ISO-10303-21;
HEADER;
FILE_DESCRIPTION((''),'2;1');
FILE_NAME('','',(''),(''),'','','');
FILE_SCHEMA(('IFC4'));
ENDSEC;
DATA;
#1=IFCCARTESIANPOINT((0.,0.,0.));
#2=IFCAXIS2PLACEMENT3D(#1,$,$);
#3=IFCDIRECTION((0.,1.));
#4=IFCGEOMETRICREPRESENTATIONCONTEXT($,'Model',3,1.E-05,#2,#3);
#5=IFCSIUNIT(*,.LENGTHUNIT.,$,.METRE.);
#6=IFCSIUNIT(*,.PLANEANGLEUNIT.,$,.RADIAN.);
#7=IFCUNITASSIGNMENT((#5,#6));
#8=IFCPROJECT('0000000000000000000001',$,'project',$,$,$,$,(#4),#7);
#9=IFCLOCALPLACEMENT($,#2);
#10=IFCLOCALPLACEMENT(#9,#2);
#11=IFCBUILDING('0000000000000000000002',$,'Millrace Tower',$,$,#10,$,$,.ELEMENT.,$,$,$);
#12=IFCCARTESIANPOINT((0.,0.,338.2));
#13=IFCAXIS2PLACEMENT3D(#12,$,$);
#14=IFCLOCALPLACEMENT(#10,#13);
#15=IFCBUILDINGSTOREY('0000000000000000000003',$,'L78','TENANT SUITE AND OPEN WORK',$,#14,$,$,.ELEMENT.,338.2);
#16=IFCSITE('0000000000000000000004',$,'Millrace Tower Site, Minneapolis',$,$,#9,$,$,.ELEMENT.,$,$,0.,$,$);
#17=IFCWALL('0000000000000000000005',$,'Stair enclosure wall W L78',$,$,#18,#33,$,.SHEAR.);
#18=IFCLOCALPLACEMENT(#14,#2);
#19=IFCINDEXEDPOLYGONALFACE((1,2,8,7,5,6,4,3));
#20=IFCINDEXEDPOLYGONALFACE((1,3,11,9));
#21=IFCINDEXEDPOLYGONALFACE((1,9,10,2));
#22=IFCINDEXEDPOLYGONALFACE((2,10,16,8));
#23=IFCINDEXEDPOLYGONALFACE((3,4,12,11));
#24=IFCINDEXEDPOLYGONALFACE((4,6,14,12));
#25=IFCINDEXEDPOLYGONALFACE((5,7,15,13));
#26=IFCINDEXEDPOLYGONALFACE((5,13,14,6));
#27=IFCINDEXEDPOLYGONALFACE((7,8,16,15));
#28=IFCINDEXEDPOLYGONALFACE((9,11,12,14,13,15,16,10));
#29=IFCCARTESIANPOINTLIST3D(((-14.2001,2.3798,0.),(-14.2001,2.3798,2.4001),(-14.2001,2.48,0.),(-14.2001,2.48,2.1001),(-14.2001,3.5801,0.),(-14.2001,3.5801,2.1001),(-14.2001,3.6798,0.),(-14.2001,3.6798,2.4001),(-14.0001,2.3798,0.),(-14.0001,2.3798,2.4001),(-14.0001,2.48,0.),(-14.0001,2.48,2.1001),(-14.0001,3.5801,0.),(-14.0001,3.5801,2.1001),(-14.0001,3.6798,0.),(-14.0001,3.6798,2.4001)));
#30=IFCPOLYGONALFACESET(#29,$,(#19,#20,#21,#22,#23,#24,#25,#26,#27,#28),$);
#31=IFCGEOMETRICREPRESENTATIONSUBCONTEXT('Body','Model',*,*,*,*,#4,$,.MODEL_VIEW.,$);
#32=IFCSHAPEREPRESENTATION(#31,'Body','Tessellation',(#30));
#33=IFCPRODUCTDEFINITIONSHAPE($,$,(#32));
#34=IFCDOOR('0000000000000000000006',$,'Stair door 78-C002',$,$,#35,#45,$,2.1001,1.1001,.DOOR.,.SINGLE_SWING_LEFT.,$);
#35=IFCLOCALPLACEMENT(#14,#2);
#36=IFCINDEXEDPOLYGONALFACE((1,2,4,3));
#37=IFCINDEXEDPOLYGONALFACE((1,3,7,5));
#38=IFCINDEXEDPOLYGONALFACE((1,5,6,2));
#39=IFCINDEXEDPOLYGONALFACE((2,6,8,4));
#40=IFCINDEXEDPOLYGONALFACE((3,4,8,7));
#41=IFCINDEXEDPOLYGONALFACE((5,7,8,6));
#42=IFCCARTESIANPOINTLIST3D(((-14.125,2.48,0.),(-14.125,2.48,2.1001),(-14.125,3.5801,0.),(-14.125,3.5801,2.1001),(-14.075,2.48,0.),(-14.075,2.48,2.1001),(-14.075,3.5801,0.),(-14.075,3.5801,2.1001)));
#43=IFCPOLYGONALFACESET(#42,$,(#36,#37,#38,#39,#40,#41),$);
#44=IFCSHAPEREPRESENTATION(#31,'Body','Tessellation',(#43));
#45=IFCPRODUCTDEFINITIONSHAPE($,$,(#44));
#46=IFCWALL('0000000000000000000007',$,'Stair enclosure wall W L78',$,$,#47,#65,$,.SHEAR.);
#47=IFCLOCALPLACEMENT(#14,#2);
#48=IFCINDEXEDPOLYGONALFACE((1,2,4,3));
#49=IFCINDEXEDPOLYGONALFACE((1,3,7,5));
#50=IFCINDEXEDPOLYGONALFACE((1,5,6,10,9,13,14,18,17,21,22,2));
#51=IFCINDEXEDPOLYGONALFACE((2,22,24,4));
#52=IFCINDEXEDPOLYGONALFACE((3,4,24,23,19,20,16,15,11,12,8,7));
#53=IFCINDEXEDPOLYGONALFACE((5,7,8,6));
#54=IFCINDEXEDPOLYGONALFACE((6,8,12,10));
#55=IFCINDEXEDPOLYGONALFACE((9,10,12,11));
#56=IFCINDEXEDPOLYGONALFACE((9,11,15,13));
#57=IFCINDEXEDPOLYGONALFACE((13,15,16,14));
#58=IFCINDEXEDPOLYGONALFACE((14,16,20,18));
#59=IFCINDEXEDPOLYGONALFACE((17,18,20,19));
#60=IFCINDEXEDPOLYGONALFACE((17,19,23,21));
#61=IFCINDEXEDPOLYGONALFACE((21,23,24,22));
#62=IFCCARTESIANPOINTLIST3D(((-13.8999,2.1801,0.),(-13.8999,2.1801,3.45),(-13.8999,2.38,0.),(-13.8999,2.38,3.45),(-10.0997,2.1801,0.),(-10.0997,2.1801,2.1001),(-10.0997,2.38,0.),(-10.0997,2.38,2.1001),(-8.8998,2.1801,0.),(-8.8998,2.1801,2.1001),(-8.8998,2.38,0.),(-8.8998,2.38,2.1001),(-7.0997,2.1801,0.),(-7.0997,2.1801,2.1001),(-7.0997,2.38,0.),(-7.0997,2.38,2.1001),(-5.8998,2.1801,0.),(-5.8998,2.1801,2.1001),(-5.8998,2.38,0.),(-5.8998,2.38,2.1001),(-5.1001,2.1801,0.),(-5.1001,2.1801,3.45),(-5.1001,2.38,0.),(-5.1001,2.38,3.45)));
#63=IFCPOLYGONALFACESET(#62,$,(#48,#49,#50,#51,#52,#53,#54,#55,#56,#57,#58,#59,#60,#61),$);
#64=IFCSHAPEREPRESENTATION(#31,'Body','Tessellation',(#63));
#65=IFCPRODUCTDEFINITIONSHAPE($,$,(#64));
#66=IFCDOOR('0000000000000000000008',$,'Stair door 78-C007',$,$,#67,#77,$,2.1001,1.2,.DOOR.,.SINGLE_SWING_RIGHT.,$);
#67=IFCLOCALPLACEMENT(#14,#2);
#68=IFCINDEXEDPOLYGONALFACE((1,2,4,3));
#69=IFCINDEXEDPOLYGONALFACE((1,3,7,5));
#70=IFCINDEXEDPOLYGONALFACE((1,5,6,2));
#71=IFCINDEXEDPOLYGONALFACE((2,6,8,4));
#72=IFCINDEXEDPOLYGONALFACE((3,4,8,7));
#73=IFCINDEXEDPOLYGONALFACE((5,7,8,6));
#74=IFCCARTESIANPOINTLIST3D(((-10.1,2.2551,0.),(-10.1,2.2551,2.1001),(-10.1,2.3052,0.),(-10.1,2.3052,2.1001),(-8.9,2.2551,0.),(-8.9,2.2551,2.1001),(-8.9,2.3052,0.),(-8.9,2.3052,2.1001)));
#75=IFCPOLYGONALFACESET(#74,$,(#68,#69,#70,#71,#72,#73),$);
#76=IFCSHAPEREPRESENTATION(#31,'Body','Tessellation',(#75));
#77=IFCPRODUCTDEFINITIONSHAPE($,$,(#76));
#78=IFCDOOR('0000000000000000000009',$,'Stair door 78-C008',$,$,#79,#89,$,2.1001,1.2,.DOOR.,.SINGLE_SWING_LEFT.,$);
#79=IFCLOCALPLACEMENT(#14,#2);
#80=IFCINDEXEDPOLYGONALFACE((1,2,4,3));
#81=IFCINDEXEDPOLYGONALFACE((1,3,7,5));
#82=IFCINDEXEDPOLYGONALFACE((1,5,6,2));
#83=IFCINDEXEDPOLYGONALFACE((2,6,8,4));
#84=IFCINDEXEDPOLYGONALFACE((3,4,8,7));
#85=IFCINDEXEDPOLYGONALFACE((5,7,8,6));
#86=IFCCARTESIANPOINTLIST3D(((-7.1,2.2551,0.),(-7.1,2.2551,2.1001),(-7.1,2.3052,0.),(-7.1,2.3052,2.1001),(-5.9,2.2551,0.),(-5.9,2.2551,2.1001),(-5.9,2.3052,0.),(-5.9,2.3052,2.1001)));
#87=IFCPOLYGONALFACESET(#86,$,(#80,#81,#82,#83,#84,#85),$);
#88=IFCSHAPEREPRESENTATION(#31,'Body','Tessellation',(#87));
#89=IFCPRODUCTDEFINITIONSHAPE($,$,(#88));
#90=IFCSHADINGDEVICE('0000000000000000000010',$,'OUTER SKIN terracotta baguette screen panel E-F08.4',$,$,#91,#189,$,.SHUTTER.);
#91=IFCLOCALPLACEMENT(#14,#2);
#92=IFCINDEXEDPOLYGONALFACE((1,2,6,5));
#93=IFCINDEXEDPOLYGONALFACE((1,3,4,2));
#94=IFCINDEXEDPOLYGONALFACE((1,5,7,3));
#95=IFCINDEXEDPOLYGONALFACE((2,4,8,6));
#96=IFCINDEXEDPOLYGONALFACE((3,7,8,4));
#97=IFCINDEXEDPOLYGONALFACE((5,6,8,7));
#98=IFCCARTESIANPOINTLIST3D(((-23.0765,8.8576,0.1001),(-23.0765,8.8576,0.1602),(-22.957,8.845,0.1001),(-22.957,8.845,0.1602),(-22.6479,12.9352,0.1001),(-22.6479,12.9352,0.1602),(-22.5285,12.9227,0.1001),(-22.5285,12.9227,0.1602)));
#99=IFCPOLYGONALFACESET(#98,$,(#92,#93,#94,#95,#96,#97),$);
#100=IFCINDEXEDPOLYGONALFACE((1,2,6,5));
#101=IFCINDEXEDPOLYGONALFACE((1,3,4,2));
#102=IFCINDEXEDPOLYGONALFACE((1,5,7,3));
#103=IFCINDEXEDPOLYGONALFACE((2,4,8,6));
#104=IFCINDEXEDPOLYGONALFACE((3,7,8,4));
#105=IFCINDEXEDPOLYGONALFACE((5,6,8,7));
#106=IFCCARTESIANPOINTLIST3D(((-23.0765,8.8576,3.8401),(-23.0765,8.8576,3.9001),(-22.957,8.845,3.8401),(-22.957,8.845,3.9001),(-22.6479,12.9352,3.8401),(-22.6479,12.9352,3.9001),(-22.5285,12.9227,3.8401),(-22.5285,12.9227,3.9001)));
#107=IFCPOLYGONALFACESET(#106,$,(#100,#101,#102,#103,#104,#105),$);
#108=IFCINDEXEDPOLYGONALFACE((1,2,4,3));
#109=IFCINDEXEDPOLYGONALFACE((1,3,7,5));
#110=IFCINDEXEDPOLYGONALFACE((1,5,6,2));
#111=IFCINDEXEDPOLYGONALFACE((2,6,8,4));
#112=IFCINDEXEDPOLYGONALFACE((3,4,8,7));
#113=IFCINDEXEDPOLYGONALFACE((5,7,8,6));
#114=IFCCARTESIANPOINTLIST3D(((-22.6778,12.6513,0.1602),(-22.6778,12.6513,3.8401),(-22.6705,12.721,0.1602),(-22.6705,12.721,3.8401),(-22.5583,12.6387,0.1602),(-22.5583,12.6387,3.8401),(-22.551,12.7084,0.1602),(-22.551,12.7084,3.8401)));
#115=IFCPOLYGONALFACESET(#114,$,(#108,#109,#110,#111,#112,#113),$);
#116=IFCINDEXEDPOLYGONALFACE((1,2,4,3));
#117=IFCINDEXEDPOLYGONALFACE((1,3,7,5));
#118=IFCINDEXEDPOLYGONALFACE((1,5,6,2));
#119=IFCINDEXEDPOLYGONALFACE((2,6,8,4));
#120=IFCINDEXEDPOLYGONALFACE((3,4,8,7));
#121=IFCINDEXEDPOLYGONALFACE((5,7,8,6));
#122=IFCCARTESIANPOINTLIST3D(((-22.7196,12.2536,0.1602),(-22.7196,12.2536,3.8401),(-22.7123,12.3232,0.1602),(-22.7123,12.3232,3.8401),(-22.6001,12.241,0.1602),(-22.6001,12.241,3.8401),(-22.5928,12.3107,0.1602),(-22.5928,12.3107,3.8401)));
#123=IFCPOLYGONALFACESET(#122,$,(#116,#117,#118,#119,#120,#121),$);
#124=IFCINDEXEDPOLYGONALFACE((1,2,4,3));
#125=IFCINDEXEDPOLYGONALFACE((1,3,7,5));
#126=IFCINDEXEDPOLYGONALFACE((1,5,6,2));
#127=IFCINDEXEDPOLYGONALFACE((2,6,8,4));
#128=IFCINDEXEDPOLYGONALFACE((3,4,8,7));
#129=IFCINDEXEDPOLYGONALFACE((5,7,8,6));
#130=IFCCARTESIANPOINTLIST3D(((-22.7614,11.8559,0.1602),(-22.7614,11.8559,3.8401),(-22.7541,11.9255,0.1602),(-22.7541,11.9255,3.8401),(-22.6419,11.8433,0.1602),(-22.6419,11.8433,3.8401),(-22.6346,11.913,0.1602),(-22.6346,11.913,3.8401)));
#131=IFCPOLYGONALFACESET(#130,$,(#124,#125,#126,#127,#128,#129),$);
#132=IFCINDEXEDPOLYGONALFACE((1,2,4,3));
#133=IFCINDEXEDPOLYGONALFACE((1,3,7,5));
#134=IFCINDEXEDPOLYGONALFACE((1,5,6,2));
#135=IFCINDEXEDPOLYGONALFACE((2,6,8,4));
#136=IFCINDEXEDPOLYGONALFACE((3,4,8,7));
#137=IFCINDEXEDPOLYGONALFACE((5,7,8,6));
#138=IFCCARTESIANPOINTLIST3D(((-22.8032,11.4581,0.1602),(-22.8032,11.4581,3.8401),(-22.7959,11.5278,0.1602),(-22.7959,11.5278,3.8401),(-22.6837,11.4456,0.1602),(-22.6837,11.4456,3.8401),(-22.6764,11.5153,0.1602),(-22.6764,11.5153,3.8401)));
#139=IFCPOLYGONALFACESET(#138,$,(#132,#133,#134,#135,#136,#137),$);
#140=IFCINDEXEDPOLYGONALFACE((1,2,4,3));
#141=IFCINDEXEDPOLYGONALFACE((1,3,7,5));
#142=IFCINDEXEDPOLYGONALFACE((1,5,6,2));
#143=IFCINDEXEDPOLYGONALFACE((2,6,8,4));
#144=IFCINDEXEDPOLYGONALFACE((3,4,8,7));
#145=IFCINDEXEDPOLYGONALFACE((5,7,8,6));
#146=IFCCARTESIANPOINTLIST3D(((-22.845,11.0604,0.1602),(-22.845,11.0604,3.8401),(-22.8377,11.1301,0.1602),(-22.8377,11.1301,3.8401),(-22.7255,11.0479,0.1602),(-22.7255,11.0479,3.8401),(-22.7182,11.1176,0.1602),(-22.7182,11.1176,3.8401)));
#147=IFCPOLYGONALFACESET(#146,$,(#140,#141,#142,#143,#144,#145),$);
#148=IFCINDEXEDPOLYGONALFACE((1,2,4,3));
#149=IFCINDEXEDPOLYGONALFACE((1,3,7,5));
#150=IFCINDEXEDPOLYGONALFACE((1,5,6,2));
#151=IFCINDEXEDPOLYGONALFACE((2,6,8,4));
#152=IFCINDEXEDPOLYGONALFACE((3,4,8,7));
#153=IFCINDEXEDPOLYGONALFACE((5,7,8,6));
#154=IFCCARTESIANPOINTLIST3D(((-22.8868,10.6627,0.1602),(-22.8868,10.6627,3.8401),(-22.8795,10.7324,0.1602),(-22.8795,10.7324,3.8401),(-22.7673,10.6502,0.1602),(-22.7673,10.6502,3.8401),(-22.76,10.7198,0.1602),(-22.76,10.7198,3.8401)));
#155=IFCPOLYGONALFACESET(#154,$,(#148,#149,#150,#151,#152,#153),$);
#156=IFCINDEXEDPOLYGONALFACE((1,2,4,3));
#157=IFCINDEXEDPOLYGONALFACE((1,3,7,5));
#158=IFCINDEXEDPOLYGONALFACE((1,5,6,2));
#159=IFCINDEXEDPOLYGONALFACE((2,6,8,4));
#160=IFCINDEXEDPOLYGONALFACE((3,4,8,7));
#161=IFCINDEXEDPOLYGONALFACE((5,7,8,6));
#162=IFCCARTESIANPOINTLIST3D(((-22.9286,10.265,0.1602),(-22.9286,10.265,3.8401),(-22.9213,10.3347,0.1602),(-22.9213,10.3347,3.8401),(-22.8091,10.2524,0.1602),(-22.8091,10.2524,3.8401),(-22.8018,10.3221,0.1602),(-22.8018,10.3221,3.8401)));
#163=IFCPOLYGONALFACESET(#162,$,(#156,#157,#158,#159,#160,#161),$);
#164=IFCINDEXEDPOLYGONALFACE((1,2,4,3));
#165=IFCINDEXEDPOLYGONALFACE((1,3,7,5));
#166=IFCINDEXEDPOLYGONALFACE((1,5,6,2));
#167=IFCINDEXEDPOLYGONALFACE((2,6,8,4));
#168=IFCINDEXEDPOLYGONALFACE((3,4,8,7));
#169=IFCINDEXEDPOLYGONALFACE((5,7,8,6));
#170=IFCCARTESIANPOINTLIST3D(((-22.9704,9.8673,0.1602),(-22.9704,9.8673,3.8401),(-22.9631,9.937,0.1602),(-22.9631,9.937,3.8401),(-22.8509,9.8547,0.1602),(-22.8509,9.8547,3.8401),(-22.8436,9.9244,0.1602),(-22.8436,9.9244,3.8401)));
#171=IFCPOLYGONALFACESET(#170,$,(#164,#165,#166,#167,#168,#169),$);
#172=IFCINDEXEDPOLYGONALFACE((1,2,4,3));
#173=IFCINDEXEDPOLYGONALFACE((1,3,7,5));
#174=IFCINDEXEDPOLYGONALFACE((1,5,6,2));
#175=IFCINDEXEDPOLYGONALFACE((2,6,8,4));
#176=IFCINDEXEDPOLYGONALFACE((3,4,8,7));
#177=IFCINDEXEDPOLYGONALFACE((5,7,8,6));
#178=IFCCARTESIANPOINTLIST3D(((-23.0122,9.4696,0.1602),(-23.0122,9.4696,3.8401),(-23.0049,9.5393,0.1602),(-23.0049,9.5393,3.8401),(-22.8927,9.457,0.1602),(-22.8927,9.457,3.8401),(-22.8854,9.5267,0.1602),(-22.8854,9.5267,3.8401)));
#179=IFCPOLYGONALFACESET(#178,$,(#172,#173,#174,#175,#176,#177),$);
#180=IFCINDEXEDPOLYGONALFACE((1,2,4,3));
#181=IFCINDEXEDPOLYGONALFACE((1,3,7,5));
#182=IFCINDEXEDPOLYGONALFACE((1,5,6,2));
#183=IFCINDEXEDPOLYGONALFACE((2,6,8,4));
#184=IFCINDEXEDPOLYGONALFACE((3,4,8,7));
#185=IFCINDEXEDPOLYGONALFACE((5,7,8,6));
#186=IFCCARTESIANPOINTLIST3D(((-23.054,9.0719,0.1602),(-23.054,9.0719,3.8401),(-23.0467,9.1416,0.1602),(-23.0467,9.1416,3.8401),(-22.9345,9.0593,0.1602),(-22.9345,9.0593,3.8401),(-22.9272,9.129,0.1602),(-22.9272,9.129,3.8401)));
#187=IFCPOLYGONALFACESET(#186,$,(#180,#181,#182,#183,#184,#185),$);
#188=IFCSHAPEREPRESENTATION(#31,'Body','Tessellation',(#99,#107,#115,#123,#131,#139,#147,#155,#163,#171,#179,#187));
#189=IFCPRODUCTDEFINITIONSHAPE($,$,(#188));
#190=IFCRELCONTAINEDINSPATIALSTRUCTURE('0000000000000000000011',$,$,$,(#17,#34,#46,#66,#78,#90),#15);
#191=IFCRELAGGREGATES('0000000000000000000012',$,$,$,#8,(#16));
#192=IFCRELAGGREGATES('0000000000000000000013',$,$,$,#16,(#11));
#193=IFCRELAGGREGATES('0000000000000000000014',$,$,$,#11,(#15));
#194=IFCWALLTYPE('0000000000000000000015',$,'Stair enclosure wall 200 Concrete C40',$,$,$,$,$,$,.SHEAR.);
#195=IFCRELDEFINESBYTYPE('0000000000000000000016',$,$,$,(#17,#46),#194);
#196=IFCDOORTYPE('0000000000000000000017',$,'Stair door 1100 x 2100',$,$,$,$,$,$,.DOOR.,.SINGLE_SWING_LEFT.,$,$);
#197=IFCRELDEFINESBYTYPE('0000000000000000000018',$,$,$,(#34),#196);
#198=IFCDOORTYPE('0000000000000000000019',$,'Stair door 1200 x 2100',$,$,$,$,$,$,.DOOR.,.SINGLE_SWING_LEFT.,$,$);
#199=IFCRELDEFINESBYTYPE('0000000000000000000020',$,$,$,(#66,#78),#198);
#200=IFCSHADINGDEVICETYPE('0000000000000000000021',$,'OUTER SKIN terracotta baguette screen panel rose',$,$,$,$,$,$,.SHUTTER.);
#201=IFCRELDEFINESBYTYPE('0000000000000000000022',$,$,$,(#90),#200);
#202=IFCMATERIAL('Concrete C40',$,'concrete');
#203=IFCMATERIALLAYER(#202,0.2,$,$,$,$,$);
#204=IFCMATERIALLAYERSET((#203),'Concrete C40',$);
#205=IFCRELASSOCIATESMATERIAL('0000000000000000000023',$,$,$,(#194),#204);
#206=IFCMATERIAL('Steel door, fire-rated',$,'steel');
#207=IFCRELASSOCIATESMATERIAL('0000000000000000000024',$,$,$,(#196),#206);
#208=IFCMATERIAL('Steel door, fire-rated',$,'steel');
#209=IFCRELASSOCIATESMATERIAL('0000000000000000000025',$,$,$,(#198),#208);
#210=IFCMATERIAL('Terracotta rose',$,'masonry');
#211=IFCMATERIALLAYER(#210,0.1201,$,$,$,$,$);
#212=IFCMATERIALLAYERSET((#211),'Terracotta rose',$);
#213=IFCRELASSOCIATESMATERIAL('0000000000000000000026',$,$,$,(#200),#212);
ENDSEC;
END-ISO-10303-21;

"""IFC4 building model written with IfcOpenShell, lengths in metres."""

from ifc_helpers import new_model, entity, si_unit, direction, frame, frame_2d, origin, place, context, subcontext, project, spatial, rectangle, extrude, source, transform, mapped, material, layer, layer_set, type_object, element, fill, save


model = new_model("IFC4")

# Units and contexts
model_context = context("Model", 3, precision=1e-05, world=origin(), true_north=direction((0.0, 1.0)))
body_context = subcontext(model_context, "Body", "Model", "MODEL_VIEW")
ifc_project = project(units=[si_unit("LENGTHUNIT", "METRE"), si_unit("PLANEANGLEUNIT", "RADIAN")], contexts=[model_context])

# Site, building, storey
site_placement = place(None, origin())
site = spatial("IfcSite", under=ifc_project, at=site_placement, Name="Millrace Tower Site, Minneapolis", CompositionType="ELEMENT", RefElevation=0.0)
building_placement = place(site_placement, origin())
building = spatial("IfcBuilding", under=site, at=building_placement, Name="Millrace Tower", CompositionType="ELEMENT")
storey_placement = place(building_placement, frame((0.0, 0.0, 338.2)))
storey = spatial("IfcBuildingStorey", under=building, at=storey_placement, Name="L78", Description="TENANT SUITE AND OPEN WORK", CompositionType="ELEMENT", Elevation=338.2)

# Wall, opening, door
ifc_material_1 = material(Name="Concrete C40", Category="concrete")
ifc_layer_1 = layer(ifc_material_1, 0.2)
ifc_layer_set_1 = layer_set([ifc_layer_1], Name="Concrete C40")
wall_type_1 = type_object("IfcWallType", Name="Stair enclosure wall 200 Concrete C40", PredefinedType="SHEAR", material=ifc_layer_set_1)
wall_1_placement = place(storey_placement, frame((-14.1001, 2.3799, 0.0), z_axis=(0.0, 0.0, 1.0), x_axis=(0.0, 1.0, 0.0)))
wall_1 = element("IfcWall", 1, at=wall_1_placement, inside=storey, type_object=wall_type_1, Name="Stair enclosure wall W L78", PredefinedType="SHEAR", context=body_context, shape_type="SweptSolid", body=[
    extrude(rectangle(XDim=1.3, YDim=0.2, at=frame_2d((0.6499, 0.0))), origin(), (0.0, 0.0, 1.0), 2.4001),
])
opening_1_placement = place(wall_1_placement, frame((0.1001, 0.0, 0.0)))
opening_1 = element("IfcOpeningElement", 2, at=opening_1_placement, cuts=wall_1, PredefinedType="OPENING", context=body_context, shape_type="SweptSolid", body=[
    extrude(rectangle(XDim=1.1001, YDim=2.1001, at=frame_2d((0.55, 1.05))), frame((0.0, 0.1099, 0.0), z_axis=(0.0, -1.0, 0.0), x_axis=(1.0, 0.0, 0.0)), (0.0, 0.0, 1.0), 0.22),
])
ifc_material_2 = material(Name="Steel door, fire-rated", Category="steel")
door_type_1 = type_object("IfcDoorType", Name="Stair door 1100 x 2100", OperationType="SINGLE_SWING_LEFT", PredefinedType="DOOR", material=ifc_material_2)
door_1_placement = place(opening_1_placement, origin())
door_1 = element("IfcDoor", 3, at=door_1_placement, inside=storey, type_object=door_type_1, Name="Stair door 78-C002", OperationType="SINGLE_SWING_LEFT", OverallHeight=2.1001, OverallWidth=1.1001, PredefinedType="DOOR", context=body_context, shape_type="SweptSolid", body=[
    extrude(rectangle(XDim=1.1001, YDim=2.1001, at=frame_2d((0.55, 1.05))), frame((0.0, 0.0249, 0.0), z_axis=(0.0, -1.0, 0.0), x_axis=(1.0, 0.0, 0.0)), (0.0, 0.0, 1.0), 0.05),
])
fill(opening_1, door_1)

# Wall, openings, doors
wall_2_placement = place(storey_placement, frame((-13.8999, 2.28, 0.0), z_axis=(0.0, 0.0, 1.0), x_axis=(1.0, 0.0, 0.0)))
wall_2 = element("IfcWall", 4, at=wall_2_placement, inside=storey, type_object=wall_type_1, Name="Stair enclosure wall W L78", PredefinedType="SHEAR", context=body_context, shape_type="SweptSolid", body=[
    extrude(rectangle(XDim=8.7998, YDim=0.2, at=frame_2d((4.3999, 0.0))), origin(), (0.0, 0.0, 1.0), 3.45),
])
opening_2_placement = place(wall_2_placement, frame((3.8, 0.0, 0.0)))
opening_2 = element("IfcOpeningElement", 5, at=opening_2_placement, cuts=wall_2, PredefinedType="OPENING", context=body_context, shape_type="SweptSolid", body=[
    extrude(rectangle(XDim=1.2, YDim=2.1001, at=frame_2d((0.6001, 1.05))), frame((0.0, 0.1099, 0.0), z_axis=(0.0, -1.0, 0.0), x_axis=(1.0, 0.0, 0.0)), (0.0, 0.0, 1.0), 0.22),
])
opening_3_placement = place(wall_2_placement, frame((6.8, 0.0, 0.0)))
opening_3 = element("IfcOpeningElement", 6, at=opening_3_placement, cuts=wall_2, PredefinedType="OPENING", context=body_context, shape_type="SweptSolid", body=[
    extrude(rectangle(XDim=1.2, YDim=2.1001, at=frame_2d((0.6001, 1.05))), frame((0.0, 0.1099, 0.0), z_axis=(0.0, -1.0, 0.0), x_axis=(1.0, 0.0, 0.0)), (0.0, 0.0, 1.0), 0.22),
])
ifc_material_3 = material(Name="Steel door, fire-rated", Category="steel")
door_type_2 = type_object("IfcDoorType", Name="Stair door 1200 x 2100", OperationType="SINGLE_SWING_LEFT", PredefinedType="DOOR", material=ifc_material_3)
door_2_placement = place(opening_2_placement, frame((1.2, 0.0, 0.0), z_axis=(0.0, 0.0, 1.0), x_axis=(-1.0, 0.0, 0.0)))
door_2 = element("IfcDoor", 7, at=door_2_placement, inside=storey, type_object=door_type_2, Name="Stair door 78-C007", OperationType="SINGLE_SWING_RIGHT", OverallHeight=2.1001, OverallWidth=1.2, PredefinedType="DOOR", context=body_context, shape_type="SweptSolid", body=[
    extrude(rectangle(XDim=1.2, YDim=2.1001, at=frame_2d((0.6001, 1.05))), frame((0.0, 0.0249, 0.0), z_axis=(0.0, -1.0, 0.0), x_axis=(1.0, 0.0, 0.0)), (0.0, 0.0, 1.0), 0.05),
])
fill(opening_2, door_2)
door_3_placement = place(opening_3_placement, frame((1.2, 0.0, 0.0), z_axis=(0.0, 0.0, 1.0), x_axis=(-1.0, 0.0, 0.0)))
door_3 = element("IfcDoor", 8, at=door_3_placement, inside=storey, type_object=door_type_2, Name="Stair door 78-C008", OperationType="SINGLE_SWING_LEFT", OverallHeight=2.1001, OverallWidth=1.2, PredefinedType="DOOR", context=body_context, shape_type="SweptSolid", body=[
    extrude(rectangle(XDim=1.2, YDim=2.1001, at=frame_2d((0.6001, 1.05))), frame((0.0, 0.0249, 0.0), z_axis=(0.0, -1.0, 0.0), x_axis=(1.0, 0.0, 0.0)), (0.0, 0.0, 1.0), 0.05),
])
fill(opening_3, door_3)

# Shading device
ifc_material_4 = material(Name="Terracotta rose", Category="masonry")
ifc_layer_2 = layer(ifc_material_4, 0.1201)
ifc_layer_set_2 = layer_set([ifc_layer_2], Name="Terracotta rose")
shading_device_type = type_object("IfcShadingDeviceType", Name="OUTER SKIN terracotta baguette screen panel rose", PredefinedType="SHUTTER", material=ifc_layer_set_2)
cartesian_point = entity("IfcCartesianPoint", [-2.05, 0.0601])
shared_polyline = entity("IfcPolyline", [cartesian_point, entity("IfcCartesianPoint", [2.05, 0.0601]), entity("IfcCartesianPoint", [2.05, -0.0601]), entity("IfcCartesianPoint", [-2.05, -0.0601]), cartesian_point])
shared_shape = source(origin(), body_context, "Body", "SweptSolid", [
    entity("IfcExtrudedAreaSolid", entity("IfcArbitraryClosedProfileDef", "AREA", None, shared_polyline), entity("IfcAxis2Placement3D", entity("IfcCartesianPoint", [0.0, 0.0, 0.0])), entity("IfcDirection", [0.0, 0.0, 1.0]), 0.0601),
    entity("IfcExtrudedAreaSolid", entity("IfcArbitraryClosedProfileDef", "AREA", None, shared_polyline), entity("IfcAxis2Placement3D", entity("IfcCartesianPoint", [0.0, 0.0, 3.74])), entity("IfcDirection", [0.0, 0.0, 1.0]), 0.0601),
    extrude(rectangle(XDim=0.0701, YDim=0.1201, at=frame_2d((-1.7996, 0.0))), frame((0.0, 0.0, 0.0601)), (0.0, 0.0, 1.0), 3.6799),
    extrude(rectangle(XDim=0.0701, YDim=0.1201, at=frame_2d((-1.3997, 0.0))), frame((0.0, 0.0, 0.0601)), (0.0, 0.0, 1.0), 3.6799),
    extrude(rectangle(XDim=0.0701, YDim=0.1201, at=frame_2d((-0.9998, 0.0))), frame((0.0, 0.0, 0.0601)), (0.0, 0.0, 1.0), 3.6799),
    extrude(rectangle(XDim=0.0701, YDim=0.1201, at=frame_2d((-0.5999, 0.0))), frame((0.0, 0.0, 0.0601)), (0.0, 0.0, 1.0), 3.6799),
    extrude(rectangle(XDim=0.0701, YDim=0.1201, at=frame_2d((-0.2, 0.0))), frame((0.0, 0.0, 0.0601)), (0.0, 0.0, 1.0), 3.6799),
    extrude(rectangle(XDim=0.0701, YDim=0.1201, at=frame_2d((0.2, 0.0))), frame((0.0, 0.0, 0.0601)), (0.0, 0.0, 1.0), 3.6799),
    extrude(rectangle(XDim=0.0701, YDim=0.1201, at=frame_2d((0.5999, 0.0))), frame((0.0, 0.0, 0.0601)), (0.0, 0.0, 1.0), 3.6799),
    extrude(rectangle(XDim=0.0701, YDim=0.1201, at=frame_2d((0.9998, 0.0))), frame((0.0, 0.0, 0.0601)), (0.0, 0.0, 1.0), 3.6799),
    extrude(rectangle(XDim=0.0701, YDim=0.1201, at=frame_2d((1.3997, 0.0))), frame((0.0, 0.0, 0.0601)), (0.0, 0.0, 1.0), 3.6799),
    extrude(rectangle(XDim=0.0701, YDim=0.1201, at=frame_2d((1.7996, 0.0))), frame((0.0, 0.0, 0.0601)), (0.0, 0.0, 1.0), 3.6799),
])
for number, where, z_axis, x_axis, name in (
    (9, (-22.8025, 10.8901, 0.1001), (0.0, 0.0, 1.0), (-0.104528, -0.994522, 0.0), "OUTER SKIN terracotta baguette screen panel E-F08.4"),
):
    element("IfcShadingDevice", number, at=place(storey_placement, frame(where, z_axis=z_axis, x_axis=x_axis)), inside=storey, type_object=shading_device_type, Name=name, PredefinedType="SHUTTER", context=body_context, shape_type="MappedRepresentation", body=[
        mapped(shared_shape, transform((0.0, 0.0, 0.0), scale=1.0)),
    ])

save(model, "model.ifc")
